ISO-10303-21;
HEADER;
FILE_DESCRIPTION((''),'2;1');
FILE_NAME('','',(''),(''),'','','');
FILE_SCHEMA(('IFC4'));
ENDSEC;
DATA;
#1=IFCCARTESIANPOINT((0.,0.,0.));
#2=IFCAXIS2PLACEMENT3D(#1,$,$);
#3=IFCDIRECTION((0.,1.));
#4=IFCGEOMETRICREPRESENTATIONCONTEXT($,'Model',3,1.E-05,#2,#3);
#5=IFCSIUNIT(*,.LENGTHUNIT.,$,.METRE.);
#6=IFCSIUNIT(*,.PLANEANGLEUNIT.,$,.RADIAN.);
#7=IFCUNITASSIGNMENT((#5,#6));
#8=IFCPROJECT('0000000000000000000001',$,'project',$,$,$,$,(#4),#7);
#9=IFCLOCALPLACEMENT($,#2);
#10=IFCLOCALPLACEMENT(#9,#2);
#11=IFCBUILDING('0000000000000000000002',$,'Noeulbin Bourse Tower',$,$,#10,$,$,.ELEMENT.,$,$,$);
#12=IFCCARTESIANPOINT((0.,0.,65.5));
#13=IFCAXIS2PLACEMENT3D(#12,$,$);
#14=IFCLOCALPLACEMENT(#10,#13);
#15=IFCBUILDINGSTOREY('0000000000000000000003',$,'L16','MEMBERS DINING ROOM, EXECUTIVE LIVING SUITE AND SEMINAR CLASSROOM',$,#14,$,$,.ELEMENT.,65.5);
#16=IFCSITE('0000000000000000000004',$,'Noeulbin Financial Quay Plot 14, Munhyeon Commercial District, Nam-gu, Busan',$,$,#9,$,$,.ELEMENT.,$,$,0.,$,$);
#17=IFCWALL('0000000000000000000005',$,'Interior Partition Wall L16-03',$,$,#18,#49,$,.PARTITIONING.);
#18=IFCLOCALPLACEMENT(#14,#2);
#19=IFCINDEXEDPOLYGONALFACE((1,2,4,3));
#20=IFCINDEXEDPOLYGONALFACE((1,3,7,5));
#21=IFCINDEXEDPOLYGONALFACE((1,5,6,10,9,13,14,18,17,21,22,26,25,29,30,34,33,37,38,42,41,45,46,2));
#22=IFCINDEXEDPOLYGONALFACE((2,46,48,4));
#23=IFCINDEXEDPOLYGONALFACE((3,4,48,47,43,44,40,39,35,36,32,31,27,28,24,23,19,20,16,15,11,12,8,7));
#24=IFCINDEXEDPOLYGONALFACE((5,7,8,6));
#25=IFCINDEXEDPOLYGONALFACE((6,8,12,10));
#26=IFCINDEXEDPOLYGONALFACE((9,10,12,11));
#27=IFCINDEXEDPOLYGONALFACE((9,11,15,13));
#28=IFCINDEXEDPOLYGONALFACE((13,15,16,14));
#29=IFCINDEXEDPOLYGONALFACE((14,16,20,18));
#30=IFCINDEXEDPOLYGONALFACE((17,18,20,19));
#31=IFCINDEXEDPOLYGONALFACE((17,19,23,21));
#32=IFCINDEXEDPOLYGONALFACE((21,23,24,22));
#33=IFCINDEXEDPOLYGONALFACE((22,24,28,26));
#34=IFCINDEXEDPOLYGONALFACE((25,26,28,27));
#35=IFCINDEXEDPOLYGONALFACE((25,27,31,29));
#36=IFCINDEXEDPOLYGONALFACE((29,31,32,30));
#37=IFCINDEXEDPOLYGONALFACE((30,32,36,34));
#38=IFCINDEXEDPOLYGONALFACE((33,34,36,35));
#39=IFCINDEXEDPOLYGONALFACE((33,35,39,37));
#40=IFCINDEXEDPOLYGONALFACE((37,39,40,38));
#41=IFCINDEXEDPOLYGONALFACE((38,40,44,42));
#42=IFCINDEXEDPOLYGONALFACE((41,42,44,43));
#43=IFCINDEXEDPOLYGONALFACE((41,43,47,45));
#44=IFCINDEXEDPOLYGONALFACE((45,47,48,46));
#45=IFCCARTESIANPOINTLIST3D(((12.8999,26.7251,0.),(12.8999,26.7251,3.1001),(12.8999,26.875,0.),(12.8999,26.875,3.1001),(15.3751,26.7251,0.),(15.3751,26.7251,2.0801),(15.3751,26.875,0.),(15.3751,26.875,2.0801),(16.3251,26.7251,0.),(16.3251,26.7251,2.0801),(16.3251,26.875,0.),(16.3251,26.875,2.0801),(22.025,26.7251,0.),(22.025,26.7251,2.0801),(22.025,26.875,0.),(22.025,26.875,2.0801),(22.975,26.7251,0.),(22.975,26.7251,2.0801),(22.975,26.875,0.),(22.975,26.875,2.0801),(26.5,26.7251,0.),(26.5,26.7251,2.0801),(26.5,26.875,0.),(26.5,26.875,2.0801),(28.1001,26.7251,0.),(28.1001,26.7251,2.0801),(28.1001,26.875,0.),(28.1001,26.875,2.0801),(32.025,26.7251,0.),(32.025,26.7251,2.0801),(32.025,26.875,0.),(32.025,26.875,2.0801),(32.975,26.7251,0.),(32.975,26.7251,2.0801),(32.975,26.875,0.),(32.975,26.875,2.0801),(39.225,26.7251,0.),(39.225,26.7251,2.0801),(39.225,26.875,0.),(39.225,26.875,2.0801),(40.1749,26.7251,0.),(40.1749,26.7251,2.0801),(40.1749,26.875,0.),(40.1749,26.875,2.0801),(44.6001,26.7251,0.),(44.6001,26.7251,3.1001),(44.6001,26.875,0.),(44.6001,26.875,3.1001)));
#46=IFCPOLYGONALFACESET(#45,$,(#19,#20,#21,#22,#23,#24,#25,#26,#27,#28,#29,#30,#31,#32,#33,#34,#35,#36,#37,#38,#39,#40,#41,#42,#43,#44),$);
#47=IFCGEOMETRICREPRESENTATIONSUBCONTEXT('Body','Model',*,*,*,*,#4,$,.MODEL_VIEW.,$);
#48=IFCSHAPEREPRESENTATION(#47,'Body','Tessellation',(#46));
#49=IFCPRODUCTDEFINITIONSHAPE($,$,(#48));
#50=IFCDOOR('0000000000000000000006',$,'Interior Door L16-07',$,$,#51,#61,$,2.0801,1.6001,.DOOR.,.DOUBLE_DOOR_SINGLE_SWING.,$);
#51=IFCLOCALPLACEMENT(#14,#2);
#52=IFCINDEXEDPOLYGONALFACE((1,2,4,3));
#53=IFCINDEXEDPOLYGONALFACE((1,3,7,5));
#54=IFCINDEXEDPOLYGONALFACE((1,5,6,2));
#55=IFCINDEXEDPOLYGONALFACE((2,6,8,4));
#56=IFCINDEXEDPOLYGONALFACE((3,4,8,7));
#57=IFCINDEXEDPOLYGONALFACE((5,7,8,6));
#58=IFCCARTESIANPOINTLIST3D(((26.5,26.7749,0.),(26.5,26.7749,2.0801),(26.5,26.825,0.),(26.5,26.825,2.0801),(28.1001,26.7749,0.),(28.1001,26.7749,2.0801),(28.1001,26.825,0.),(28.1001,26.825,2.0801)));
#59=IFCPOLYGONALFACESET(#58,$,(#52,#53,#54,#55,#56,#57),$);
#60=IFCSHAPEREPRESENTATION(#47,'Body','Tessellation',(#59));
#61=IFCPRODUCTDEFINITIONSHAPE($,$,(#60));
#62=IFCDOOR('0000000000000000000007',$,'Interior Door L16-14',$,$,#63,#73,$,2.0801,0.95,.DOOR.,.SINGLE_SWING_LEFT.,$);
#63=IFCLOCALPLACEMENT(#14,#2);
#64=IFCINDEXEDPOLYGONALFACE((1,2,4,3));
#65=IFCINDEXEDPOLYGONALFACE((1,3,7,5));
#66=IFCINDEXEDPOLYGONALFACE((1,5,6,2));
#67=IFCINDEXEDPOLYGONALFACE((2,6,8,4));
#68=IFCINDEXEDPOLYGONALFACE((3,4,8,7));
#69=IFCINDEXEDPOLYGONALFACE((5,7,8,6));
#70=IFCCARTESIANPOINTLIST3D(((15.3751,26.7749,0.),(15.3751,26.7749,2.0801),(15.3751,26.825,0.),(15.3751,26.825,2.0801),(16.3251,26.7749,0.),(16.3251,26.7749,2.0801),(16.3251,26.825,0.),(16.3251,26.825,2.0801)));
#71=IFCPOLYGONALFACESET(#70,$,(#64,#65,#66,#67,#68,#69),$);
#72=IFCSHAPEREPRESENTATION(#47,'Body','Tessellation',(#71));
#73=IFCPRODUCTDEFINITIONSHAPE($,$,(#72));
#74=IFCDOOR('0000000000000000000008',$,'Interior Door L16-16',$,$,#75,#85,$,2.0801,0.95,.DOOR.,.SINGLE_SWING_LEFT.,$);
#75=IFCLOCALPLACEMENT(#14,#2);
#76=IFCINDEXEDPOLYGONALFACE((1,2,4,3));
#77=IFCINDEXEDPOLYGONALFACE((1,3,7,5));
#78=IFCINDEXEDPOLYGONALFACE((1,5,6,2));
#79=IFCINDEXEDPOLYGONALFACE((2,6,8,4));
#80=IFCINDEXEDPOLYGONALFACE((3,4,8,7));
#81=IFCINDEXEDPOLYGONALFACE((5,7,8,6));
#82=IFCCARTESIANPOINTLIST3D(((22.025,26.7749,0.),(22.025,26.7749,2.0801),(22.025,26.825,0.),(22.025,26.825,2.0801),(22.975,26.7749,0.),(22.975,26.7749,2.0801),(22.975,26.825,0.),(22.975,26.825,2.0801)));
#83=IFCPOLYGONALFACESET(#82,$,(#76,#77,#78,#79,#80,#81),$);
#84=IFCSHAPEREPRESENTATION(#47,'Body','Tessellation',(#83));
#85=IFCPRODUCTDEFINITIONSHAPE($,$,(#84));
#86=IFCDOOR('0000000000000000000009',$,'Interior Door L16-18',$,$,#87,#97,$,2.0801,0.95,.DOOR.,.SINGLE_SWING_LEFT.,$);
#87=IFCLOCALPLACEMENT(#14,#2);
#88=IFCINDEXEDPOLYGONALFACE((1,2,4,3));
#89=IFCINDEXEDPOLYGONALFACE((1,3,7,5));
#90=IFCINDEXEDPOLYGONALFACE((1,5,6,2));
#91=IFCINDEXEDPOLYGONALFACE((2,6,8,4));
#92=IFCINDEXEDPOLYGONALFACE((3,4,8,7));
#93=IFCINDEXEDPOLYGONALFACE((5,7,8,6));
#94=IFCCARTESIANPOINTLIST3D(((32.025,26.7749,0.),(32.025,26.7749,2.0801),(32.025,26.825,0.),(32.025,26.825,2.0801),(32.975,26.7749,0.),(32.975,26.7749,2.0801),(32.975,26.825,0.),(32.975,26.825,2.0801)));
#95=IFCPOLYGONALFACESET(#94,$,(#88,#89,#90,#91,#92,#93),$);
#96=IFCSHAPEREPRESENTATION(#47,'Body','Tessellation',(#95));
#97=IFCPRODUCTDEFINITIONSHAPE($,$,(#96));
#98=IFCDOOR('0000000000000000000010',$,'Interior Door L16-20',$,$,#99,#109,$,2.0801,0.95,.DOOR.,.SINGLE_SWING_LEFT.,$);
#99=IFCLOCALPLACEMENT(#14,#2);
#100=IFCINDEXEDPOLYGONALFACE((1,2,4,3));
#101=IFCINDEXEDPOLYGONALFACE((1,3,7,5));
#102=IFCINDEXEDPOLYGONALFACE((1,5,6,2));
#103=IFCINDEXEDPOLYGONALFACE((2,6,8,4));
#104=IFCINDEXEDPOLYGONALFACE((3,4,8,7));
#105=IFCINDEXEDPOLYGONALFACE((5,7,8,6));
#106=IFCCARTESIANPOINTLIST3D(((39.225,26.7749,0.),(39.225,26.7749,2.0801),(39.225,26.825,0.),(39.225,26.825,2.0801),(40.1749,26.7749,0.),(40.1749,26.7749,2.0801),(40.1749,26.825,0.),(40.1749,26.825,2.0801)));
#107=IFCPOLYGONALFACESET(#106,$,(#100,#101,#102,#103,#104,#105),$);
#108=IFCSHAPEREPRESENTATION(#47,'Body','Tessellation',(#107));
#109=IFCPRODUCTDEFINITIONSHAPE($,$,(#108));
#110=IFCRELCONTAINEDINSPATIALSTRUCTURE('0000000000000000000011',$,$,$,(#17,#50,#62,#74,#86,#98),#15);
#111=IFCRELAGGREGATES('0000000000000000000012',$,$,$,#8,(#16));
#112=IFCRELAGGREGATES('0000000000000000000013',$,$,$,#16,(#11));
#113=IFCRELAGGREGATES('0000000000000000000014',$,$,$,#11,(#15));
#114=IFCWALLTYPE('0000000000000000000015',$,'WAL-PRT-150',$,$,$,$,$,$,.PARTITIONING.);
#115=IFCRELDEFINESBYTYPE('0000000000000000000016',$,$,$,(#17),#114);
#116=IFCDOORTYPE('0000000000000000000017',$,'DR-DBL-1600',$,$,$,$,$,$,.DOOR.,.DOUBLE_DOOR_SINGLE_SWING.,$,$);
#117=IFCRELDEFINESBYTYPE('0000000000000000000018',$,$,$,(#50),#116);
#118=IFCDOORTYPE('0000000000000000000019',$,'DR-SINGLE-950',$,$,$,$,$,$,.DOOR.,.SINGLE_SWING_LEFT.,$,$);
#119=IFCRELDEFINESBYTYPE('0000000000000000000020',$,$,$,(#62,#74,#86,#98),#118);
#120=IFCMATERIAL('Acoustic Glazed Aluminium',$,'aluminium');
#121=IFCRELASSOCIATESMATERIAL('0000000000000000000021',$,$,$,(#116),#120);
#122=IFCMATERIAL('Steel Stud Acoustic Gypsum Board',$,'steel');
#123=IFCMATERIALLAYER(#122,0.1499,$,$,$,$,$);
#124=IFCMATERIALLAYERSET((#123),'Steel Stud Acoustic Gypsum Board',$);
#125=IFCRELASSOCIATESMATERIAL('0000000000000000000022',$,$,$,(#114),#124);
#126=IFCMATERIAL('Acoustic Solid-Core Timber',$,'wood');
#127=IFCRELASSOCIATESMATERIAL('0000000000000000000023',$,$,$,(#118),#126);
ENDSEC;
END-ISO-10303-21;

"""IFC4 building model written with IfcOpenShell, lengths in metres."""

from ifc_helpers import new_model, si_unit, direction, frame, frame_2d, origin, place, context, subcontext, project, spatial, rectangle, extrude, material, layer, layer_set, type_object, element, fill, save


model = new_model("IFC4")

# Units and contexts
model_context = context("Model", 3, precision=1e-05, world=origin(), true_north=direction((0.0, 1.0)))
body_context = subcontext(model_context, "Body", "Model", "MODEL_VIEW")
ifc_project = project(units=[si_unit("LENGTHUNIT", "METRE"), si_unit("PLANEANGLEUNIT", "RADIAN")], contexts=[model_context])

# Site, building, storey
site_placement = place(None, origin())
site = spatial("IfcSite", under=ifc_project, at=site_placement, Name="Noeulbin Financial Quay Plot 14, Munhyeon Commercial District, Nam-gu, Busan", CompositionType="ELEMENT", RefElevation=0.0)
building_placement = place(site_placement, origin())
building = spatial("IfcBuilding", under=site, at=building_placement, Name="Noeulbin Bourse Tower", CompositionType="ELEMENT")
storey_placement = place(building_placement, frame((0.0, 0.0, 65.5)))
storey = spatial("IfcBuildingStorey", under=building, at=storey_placement, Name="L16", Description="MEMBERS DINING ROOM, EXECUTIVE LIVING SUITE AND SEMINAR CLASSROOM", CompositionType="ELEMENT", Elevation=65.5)

# Wall, openings, doors
ifc_material_1 = material(Name="Acoustic Glazed Aluminium", Category="aluminium")
door_type_1 = type_object("IfcDoorType", Name="DR-DBL-1600", OperationType="DOUBLE_DOOR_SINGLE_SWING", PredefinedType="DOOR", material=ifc_material_1)
ifc_material_2 = material(Name="Steel Stud Acoustic Gypsum Board", Category="steel")
ifc_layer_1 = layer(ifc_material_2, 0.1499)
ifc_layer_set_1 = layer_set([ifc_layer_1], Name="Steel Stud Acoustic Gypsum Board")
wall_type_1 = type_object("IfcWallType", Name="WAL-PRT-150", PredefinedType="PARTITIONING", material=ifc_layer_set_1)
wall_1_placement = place(storey_placement, frame((12.8999, 26.8, 0.0), z_axis=(0.0, 0.0, 1.0), x_axis=(1.0, 0.0, 0.0)))
wall_1 = element("IfcWall", 1, at=wall_1_placement, inside=storey, type_object=wall_type_1, Name="Interior Partition Wall L16-03", PredefinedType="PARTITIONING", context=body_context, shape_type="SweptSolid", body=[
    extrude(rectangle(XDim=31.7002, YDim=0.1499, at=frame_2d((15.8501, 0.0))), origin(), (0.0, 0.0, 1.0), 3.1001),
])
opening_1_placement = place(wall_1_placement, frame((13.6001, 0.0, 0.0)))
opening_1 = element("IfcOpeningElement", 2, at=opening_1_placement, cuts=wall_1, PredefinedType="OPENING", context=body_context, shape_type="SweptSolid", body=[
    extrude(rectangle(XDim=1.6001, YDim=2.0801, at=frame_2d((0.8, 1.04))), frame((0.0, 0.085, 0.0), z_axis=(0.0, -1.0, 0.0), x_axis=(1.0, 0.0, 0.0)), (0.0, 0.0, 1.0), 0.1699),
])
opening_2_placement = place(wall_1_placement, frame((2.4751, 0.0, 0.0)))
opening_2 = element("IfcOpeningElement", 3, at=opening_2_placement, cuts=wall_1, PredefinedType="OPENING", context=body_context, shape_type="SweptSolid", body=[
    extrude(rectangle(XDim=0.95, YDim=2.0801, at=frame_2d((0.4751, 1.04))), frame((0.0, 0.085, 0.0), z_axis=(0.0, -1.0, 0.0), x_axis=(1.0, 0.0, 0.0)), (0.0, 0.0, 1.0), 0.1699),
])
opening_3_placement = place(wall_1_placement, frame((9.125, 0.0, 0.0)))
opening_3 = element("IfcOpeningElement", 4, at=opening_3_placement, cuts=wall_1, PredefinedType="OPENING", context=body_context, shape_type="SweptSolid", body=[
    extrude(rectangle(XDim=0.95, YDim=2.0801, at=frame_2d((0.4751, 1.04))), frame((0.0, 0.085, 0.0), z_axis=(0.0, -1.0, 0.0), x_axis=(1.0, 0.0, 0.0)), (0.0, 0.0, 1.0), 0.1699),
])
opening_4_placement = place(wall_1_placement, frame((19.125, 0.0, 0.0)))
opening_4 = element("IfcOpeningElement", 5, at=opening_4_placement, cuts=wall_1, PredefinedType="OPENING", context=body_context, shape_type="SweptSolid", body=[
    extrude(rectangle(XDim=0.95, YDim=2.0801, at=frame_2d((0.4751, 1.04))), frame((0.0, 0.085, 0.0), z_axis=(0.0, -1.0, 0.0), x_axis=(1.0, 0.0, 0.0)), (0.0, 0.0, 1.0), 0.1699),
])
opening_5_placement = place(wall_1_placement, frame((26.325, 0.0, 0.0)))
opening_5 = element("IfcOpeningElement", 6, at=opening_5_placement, cuts=wall_1, PredefinedType="OPENING", context=body_context, shape_type="SweptSolid", body=[
    extrude(rectangle(XDim=0.95, YDim=2.0801, at=frame_2d((0.4751, 1.04))), frame((0.0, 0.085, 0.0), z_axis=(0.0, -1.0, 0.0), x_axis=(1.0, 0.0, 0.0)), (0.0, 0.0, 1.0), 0.1699),
])
door_1_placement = place(opening_1_placement, origin())
door_1 = element("IfcDoor", 7, at=door_1_placement, inside=storey, type_object=door_type_1, Name="Interior Door L16-07", OperationType="DOUBLE_DOOR_SINGLE_SWING", OverallHeight=2.0801, OverallWidth=1.6001, PredefinedType="DOOR", context=body_context, shape_type="SweptSolid", body=[
    extrude(rectangle(XDim=1.6001, YDim=2.0801, at=frame_2d((0.8, 1.04))), frame((0.0, 0.0249, 0.0), z_axis=(0.0, -1.0, 0.0), x_axis=(1.0, 0.0, 0.0)), (0.0, 0.0, 1.0), 0.05),
])
fill(opening_1, door_1)
ifc_material_3 = material(Name="Acoustic Solid-Core Timber", Category="wood")
door_type_2 = type_object("IfcDoorType", Name="DR-SINGLE-950", OperationType="SINGLE_SWING_LEFT", PredefinedType="DOOR", material=ifc_material_3)
door_2_placement = place(opening_2_placement, origin())
door_2 = element("IfcDoor", 8, at=door_2_placement, inside=storey, type_object=door_type_2, Name="Interior Door L16-14", OperationType="SINGLE_SWING_LEFT", OverallHeight=2.0801, OverallWidth=0.95, PredefinedType="DOOR", context=body_context, shape_type="SweptSolid", body=[
    extrude(rectangle(XDim=0.95, YDim=2.0801, at=frame_2d((0.4751, 1.04))), frame((0.0, 0.0249, 0.0), z_axis=(0.0, -1.0, 0.0), x_axis=(1.0, 0.0, 0.0)), (0.0, 0.0, 1.0), 0.05),
])
fill(opening_2, door_2)
door_3_placement = place(opening_3_placement, origin())
door_3 = element("IfcDoor", 9, at=door_3_placement, inside=storey, type_object=door_type_2, Name="Interior Door L16-16", OperationType="SINGLE_SWING_LEFT", OverallHeight=2.0801, OverallWidth=0.95, PredefinedType="DOOR", context=body_context, shape_type="SweptSolid", body=[
    extrude(rectangle(XDim=0.95, YDim=2.0801, at=frame_2d((0.4751, 1.04))), frame((0.0, 0.0249, 0.0), z_axis=(0.0, -1.0, 0.0), x_axis=(1.0, 0.0, 0.0)), (0.0, 0.0, 1.0), 0.05),
])
fill(opening_3, door_3)
door_4_placement = place(opening_4_placement, origin())
door_4 = element("IfcDoor", 10, at=door_4_placement, inside=storey, type_object=door_type_2, Name="Interior Door L16-18", OperationType="SINGLE_SWING_LEFT", OverallHeight=2.0801, OverallWidth=0.95, PredefinedType="DOOR", context=body_context, shape_type="SweptSolid", body=[
    extrude(rectangle(XDim=0.95, YDim=2.0801, at=frame_2d((0.4751, 1.04))), frame((0.0, 0.0249, 0.0), z_axis=(0.0, -1.0, 0.0), x_axis=(1.0, 0.0, 0.0)), (0.0, 0.0, 1.0), 0.05),
])
fill(opening_4, door_4)
door_5_placement = place(opening_5_placement, origin())
door_5 = element("IfcDoor", 11, at=door_5_placement, inside=storey, type_object=door_type_2, Name="Interior Door L16-20", OperationType="SINGLE_SWING_LEFT", OverallHeight=2.0801, OverallWidth=0.95, PredefinedType="DOOR", context=body_context, shape_type="SweptSolid", body=[
    extrude(rectangle(XDim=0.95, YDim=2.0801, at=frame_2d((0.4751, 1.04))), frame((0.0, 0.0249, 0.0), z_axis=(0.0, -1.0, 0.0), x_axis=(1.0, 0.0, 0.0)), (0.0, 0.0, 1.0), 0.05),
])
fill(opening_5, door_5)

save(model, "model.ifc")
